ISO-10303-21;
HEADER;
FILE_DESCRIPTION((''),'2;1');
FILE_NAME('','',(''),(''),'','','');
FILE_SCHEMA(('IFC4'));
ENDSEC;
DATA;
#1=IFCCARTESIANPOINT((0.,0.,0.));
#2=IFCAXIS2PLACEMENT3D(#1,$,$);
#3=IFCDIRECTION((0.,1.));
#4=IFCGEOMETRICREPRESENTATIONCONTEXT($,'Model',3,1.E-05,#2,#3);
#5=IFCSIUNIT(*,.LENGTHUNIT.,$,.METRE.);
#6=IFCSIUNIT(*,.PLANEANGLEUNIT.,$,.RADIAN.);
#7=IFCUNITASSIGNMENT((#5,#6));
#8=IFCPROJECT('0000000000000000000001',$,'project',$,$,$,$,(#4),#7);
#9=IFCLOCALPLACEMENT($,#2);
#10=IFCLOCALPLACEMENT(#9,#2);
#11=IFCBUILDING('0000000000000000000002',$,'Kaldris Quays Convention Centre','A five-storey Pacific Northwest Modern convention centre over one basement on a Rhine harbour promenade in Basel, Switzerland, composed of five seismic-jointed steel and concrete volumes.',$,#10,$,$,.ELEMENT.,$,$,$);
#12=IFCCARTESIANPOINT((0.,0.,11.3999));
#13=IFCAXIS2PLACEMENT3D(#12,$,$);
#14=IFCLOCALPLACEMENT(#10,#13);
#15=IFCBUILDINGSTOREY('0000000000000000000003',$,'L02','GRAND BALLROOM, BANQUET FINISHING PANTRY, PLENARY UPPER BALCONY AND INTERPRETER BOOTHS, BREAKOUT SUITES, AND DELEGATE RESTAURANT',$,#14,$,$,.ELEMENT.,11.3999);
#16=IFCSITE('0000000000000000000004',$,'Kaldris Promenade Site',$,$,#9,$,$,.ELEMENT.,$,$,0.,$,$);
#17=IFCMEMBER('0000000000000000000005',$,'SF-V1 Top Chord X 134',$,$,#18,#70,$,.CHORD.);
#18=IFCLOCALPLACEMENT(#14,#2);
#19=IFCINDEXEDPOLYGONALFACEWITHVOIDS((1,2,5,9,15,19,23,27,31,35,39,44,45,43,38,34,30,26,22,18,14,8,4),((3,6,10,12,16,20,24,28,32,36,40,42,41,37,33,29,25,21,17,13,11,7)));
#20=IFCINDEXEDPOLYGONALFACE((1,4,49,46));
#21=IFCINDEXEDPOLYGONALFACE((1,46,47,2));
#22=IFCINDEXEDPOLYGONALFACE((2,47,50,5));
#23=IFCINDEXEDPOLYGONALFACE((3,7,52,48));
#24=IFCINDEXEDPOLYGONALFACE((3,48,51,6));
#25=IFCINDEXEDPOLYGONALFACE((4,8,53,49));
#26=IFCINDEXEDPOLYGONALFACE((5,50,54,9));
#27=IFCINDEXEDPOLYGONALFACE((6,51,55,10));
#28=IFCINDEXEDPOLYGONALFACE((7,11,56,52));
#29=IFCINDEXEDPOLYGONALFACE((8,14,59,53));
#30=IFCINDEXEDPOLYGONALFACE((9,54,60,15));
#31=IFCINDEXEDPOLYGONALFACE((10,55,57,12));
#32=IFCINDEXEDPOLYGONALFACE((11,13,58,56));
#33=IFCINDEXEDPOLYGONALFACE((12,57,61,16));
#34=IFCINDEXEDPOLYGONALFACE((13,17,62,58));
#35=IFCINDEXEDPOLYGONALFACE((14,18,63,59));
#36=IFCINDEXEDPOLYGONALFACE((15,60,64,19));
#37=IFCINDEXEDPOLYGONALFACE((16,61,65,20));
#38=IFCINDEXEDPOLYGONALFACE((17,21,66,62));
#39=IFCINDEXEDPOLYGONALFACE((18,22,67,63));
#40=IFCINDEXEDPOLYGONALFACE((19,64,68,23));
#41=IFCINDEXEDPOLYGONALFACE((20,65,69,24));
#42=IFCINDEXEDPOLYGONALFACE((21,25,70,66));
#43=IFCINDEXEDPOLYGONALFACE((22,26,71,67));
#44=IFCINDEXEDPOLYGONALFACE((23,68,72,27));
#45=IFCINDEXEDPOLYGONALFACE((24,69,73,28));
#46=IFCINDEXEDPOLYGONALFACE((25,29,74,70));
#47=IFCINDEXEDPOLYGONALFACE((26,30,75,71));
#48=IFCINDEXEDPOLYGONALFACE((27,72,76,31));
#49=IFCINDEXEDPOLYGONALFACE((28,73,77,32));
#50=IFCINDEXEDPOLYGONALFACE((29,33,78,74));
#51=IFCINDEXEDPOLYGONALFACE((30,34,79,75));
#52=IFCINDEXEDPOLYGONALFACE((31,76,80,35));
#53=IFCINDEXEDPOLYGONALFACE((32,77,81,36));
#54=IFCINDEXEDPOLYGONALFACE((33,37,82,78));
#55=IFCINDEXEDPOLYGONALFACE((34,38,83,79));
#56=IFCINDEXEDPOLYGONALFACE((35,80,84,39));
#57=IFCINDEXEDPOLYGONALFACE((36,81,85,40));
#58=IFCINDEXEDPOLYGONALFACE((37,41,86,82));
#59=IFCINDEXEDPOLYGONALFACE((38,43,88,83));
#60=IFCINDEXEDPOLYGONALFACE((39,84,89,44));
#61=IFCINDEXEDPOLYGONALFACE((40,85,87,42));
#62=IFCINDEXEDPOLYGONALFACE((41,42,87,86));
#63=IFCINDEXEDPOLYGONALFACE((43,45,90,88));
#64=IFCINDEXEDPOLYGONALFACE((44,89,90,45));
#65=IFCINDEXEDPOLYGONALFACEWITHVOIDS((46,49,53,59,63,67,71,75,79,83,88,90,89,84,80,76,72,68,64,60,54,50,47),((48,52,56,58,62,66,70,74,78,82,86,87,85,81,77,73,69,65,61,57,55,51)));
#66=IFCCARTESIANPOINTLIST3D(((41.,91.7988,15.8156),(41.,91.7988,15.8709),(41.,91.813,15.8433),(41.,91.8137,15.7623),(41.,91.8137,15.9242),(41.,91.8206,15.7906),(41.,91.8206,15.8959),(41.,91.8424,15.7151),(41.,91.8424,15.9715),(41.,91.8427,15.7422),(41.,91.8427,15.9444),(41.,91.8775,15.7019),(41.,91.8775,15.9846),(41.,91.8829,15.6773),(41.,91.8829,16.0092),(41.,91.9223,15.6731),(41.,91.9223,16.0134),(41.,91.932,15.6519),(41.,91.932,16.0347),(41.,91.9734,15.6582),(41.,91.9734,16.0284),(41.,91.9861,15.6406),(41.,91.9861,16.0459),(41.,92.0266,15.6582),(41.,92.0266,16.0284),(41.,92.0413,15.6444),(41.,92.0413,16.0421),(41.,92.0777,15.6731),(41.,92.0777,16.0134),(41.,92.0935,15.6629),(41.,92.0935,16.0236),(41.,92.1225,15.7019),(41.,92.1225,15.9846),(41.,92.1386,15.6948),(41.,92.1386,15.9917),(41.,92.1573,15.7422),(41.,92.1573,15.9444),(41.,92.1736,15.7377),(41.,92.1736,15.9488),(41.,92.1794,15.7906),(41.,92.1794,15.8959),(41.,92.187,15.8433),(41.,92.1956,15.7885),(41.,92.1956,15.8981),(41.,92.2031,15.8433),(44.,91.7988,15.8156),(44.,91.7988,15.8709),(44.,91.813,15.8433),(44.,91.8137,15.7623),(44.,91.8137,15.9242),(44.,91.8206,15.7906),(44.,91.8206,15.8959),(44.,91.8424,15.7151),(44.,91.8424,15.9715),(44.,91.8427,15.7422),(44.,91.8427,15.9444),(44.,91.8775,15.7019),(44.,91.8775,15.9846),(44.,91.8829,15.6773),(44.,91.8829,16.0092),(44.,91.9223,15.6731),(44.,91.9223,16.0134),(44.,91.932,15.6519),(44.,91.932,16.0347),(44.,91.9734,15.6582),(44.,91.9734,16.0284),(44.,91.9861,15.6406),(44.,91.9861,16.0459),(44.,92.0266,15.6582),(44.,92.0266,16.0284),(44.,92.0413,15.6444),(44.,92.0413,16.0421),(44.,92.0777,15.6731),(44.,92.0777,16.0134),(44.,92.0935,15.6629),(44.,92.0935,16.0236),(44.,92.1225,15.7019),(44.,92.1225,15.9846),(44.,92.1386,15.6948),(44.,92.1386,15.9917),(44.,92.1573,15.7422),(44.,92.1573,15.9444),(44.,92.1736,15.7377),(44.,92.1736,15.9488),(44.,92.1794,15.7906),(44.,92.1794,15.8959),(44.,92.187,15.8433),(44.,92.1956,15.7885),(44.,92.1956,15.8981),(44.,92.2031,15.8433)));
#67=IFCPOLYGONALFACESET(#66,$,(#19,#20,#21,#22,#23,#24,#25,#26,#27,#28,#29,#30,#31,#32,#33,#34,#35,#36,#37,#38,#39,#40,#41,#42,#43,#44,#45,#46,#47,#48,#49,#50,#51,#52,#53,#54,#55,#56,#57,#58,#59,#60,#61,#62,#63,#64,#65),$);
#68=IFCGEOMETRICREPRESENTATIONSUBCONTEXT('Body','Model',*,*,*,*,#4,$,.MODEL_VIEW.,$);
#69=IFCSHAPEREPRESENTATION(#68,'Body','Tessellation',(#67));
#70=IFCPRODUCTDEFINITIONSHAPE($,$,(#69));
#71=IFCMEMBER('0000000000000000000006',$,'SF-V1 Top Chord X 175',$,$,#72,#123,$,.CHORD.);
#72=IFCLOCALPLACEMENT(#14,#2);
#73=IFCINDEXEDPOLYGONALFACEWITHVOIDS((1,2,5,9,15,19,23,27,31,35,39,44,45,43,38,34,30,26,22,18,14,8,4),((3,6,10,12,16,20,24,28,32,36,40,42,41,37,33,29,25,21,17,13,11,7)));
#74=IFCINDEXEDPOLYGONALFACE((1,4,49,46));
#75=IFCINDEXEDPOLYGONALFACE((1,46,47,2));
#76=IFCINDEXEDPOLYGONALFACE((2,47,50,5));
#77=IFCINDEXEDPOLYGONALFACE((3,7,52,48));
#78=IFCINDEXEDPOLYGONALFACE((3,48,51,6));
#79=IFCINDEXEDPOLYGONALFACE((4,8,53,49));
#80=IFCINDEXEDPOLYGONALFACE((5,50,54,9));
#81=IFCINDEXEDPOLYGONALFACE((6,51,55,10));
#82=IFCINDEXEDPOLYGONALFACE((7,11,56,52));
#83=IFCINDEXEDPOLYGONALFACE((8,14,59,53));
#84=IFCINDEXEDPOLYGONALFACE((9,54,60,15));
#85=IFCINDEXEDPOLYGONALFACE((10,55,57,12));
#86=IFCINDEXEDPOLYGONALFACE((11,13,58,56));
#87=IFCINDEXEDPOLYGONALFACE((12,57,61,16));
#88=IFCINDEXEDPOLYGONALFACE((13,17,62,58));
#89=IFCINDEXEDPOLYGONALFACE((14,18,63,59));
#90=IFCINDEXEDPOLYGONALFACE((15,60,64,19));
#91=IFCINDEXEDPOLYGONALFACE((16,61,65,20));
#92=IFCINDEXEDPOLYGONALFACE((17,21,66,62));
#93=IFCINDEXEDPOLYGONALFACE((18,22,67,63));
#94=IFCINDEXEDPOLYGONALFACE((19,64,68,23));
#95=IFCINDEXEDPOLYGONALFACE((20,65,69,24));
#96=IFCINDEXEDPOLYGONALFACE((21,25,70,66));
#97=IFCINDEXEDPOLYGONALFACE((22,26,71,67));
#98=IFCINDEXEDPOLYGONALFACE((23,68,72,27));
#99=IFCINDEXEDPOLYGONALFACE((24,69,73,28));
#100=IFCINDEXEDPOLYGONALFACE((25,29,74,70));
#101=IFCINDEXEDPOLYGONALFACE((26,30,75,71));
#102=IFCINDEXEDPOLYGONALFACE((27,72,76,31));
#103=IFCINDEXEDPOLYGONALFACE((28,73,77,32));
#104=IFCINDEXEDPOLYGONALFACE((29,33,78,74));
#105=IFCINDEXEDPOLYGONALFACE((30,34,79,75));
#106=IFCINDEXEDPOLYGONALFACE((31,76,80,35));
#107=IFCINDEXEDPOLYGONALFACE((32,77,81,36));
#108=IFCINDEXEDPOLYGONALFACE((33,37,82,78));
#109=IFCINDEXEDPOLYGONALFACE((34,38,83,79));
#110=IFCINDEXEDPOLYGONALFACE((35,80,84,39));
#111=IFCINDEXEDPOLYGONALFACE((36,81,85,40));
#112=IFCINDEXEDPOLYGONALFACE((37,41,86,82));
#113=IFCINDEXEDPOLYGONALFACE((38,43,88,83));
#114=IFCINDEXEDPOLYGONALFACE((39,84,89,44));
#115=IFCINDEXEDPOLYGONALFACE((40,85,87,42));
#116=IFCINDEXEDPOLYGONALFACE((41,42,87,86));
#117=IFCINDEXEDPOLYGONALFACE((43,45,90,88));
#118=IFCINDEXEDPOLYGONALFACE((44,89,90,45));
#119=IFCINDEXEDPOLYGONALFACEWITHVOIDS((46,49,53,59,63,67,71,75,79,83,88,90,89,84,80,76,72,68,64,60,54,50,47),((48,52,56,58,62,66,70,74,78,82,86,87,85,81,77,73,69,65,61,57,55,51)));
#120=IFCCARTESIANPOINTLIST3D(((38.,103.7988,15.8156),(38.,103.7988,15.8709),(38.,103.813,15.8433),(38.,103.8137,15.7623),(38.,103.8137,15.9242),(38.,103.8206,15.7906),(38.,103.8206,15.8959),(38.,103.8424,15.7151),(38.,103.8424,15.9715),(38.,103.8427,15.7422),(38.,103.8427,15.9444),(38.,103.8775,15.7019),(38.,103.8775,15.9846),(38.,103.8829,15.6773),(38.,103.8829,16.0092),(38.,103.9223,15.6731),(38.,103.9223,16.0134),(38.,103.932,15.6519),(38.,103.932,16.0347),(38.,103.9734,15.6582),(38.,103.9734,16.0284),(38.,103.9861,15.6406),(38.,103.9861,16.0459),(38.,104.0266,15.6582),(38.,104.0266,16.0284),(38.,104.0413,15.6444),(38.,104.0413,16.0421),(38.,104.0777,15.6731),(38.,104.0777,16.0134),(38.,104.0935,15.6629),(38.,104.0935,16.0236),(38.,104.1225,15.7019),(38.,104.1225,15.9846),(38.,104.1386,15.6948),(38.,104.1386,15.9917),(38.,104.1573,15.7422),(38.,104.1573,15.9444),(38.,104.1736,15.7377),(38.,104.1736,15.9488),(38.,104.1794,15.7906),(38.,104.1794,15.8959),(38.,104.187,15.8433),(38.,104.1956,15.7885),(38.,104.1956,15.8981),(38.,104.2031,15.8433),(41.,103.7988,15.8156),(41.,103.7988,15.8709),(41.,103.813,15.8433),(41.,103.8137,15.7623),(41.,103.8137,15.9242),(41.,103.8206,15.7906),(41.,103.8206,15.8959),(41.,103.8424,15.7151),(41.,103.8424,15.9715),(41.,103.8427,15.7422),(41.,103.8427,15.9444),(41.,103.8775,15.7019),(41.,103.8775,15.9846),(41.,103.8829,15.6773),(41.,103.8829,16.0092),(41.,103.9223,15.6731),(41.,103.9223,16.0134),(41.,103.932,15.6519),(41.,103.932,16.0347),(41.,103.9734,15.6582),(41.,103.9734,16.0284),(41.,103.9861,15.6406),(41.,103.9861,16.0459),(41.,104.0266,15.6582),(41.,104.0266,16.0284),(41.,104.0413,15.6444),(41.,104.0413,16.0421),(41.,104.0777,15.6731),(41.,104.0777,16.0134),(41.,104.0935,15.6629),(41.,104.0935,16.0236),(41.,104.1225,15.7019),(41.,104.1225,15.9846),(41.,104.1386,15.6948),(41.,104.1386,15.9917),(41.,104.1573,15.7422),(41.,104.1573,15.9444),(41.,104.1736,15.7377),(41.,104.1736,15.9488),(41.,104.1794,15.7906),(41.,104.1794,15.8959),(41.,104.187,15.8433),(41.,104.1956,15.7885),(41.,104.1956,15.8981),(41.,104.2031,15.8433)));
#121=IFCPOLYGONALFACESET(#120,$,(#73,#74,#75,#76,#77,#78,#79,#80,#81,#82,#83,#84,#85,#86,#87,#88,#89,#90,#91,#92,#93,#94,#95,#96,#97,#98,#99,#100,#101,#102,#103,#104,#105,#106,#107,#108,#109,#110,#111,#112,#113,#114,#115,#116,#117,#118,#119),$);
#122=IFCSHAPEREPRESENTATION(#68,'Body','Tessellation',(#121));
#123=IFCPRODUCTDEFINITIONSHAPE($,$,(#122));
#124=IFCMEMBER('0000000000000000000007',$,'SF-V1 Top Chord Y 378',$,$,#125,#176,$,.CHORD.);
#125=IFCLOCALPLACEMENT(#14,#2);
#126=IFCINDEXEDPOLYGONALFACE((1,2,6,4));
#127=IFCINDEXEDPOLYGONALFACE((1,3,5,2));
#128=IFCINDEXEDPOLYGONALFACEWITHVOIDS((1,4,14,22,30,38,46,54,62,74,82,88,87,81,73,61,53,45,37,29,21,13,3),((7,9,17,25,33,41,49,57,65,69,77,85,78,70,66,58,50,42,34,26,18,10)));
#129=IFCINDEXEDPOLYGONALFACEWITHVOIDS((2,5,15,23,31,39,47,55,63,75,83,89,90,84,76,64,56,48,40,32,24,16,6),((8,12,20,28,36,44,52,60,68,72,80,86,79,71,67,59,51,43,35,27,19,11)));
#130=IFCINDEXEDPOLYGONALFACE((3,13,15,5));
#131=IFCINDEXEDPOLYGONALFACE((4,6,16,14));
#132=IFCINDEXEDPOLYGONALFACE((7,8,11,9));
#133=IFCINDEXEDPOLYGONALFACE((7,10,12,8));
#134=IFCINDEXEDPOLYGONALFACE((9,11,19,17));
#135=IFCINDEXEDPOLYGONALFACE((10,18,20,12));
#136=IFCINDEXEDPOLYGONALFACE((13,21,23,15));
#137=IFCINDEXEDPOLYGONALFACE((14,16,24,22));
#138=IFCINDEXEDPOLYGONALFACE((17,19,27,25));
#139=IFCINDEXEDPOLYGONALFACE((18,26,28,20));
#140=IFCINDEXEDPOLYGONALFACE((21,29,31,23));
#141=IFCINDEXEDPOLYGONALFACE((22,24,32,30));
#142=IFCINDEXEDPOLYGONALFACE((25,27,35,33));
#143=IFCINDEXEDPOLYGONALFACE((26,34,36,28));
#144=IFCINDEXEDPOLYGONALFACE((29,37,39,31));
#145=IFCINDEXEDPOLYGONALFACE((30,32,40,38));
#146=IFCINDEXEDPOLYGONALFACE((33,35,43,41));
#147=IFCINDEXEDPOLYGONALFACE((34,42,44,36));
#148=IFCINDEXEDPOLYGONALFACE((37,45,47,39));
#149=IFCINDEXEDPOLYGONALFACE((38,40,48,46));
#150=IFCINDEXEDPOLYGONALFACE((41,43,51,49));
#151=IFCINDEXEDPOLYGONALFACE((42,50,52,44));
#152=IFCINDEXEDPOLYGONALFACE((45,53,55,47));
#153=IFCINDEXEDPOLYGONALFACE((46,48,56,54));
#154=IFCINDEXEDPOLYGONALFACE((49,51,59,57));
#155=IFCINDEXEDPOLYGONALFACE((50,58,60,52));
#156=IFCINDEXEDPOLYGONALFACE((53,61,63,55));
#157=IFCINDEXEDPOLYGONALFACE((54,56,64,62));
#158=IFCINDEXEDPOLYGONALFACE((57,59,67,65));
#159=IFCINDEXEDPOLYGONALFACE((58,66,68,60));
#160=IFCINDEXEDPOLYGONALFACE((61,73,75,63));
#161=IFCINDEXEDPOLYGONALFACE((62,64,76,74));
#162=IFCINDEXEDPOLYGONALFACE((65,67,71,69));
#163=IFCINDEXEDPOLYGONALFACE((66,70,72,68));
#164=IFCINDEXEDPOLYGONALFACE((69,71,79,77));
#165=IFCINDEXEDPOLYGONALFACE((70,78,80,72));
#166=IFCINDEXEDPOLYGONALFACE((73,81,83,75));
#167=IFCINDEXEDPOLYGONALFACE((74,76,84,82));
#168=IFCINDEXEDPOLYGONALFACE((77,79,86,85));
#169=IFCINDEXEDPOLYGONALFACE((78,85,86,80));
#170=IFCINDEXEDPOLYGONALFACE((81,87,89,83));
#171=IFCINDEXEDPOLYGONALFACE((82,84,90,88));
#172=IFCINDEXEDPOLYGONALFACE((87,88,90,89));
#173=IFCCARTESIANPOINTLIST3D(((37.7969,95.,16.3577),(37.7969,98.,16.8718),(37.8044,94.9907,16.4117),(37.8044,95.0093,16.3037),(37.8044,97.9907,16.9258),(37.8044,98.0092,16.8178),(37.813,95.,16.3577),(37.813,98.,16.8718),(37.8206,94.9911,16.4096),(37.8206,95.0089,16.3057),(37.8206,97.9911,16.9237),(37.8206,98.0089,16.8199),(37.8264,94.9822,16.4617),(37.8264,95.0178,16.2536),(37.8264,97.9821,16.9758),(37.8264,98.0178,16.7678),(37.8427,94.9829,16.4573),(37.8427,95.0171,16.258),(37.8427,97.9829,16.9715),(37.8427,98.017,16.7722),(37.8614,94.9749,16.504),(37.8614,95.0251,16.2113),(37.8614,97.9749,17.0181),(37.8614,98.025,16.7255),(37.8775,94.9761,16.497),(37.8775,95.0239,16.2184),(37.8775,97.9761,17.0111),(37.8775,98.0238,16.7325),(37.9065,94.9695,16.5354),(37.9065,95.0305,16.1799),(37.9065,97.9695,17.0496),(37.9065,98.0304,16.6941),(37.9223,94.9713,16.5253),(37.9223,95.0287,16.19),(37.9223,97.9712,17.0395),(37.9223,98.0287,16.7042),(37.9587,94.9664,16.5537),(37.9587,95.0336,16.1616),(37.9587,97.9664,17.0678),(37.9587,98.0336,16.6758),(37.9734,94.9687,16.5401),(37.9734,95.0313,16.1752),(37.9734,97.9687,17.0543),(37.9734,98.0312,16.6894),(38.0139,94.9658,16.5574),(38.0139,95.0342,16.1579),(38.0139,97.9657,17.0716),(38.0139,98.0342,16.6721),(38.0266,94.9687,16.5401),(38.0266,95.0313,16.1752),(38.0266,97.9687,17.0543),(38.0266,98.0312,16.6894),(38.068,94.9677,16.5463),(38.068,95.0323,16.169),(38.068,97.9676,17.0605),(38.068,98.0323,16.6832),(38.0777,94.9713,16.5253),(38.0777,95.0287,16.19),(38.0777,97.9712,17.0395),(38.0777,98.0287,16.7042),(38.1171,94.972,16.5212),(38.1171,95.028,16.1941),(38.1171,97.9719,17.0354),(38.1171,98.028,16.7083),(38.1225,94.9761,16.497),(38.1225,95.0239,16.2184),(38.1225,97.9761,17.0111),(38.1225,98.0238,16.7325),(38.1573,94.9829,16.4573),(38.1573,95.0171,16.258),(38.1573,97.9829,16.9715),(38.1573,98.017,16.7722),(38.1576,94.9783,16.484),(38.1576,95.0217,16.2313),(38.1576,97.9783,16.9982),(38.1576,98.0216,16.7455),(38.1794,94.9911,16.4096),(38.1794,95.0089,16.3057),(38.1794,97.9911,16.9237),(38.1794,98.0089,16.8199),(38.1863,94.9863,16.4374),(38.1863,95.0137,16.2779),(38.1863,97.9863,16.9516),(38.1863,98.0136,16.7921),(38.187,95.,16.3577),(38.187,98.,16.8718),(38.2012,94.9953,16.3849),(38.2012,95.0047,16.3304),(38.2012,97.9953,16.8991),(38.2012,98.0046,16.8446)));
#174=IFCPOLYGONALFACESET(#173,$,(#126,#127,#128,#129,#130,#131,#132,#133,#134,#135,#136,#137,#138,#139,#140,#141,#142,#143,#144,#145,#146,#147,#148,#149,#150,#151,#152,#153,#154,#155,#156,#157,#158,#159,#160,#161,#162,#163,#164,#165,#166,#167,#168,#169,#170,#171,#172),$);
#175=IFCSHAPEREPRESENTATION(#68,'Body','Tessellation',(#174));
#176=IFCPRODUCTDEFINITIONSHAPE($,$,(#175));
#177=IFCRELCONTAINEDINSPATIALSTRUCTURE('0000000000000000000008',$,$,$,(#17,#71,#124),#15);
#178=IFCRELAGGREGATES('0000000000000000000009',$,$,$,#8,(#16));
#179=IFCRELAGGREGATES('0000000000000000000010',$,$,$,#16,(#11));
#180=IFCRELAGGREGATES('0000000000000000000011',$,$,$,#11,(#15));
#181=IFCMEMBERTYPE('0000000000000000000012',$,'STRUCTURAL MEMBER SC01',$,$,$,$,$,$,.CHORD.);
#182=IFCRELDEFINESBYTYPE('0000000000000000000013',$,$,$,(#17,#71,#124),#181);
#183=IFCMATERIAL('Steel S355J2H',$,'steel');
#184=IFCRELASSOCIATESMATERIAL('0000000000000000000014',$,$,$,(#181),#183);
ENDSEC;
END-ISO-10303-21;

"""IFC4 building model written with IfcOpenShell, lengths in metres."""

from ifc_helpers import new_model, si_unit, direction, frame, origin, origin_2d, place, context, subcontext, project, spatial, hollow_circle, extrude, material, material_profile, profile_set, type_object, element, save


model = new_model("IFC4")

# Units and contexts
model_context = context("Model", 3, precision=1e-05, world=origin(), true_north=direction((0.0, 1.0)))
body_context = subcontext(model_context, "Body", "Model", "MODEL_VIEW")
ifc_project = project(units=[si_unit("LENGTHUNIT", "METRE"), si_unit("PLANEANGLEUNIT", "RADIAN")], contexts=[model_context])

# Site, building, storey
site_placement = place(None, origin())
site = spatial("IfcSite", under=ifc_project, at=site_placement, Name="Kaldris Promenade Site", CompositionType="ELEMENT", RefElevation=0.0)
building_placement = place(site_placement, origin())
building = spatial("IfcBuilding", under=site, at=building_placement, Name="Kaldris Quays Convention Centre", Description="A five-storey Pacific Northwest Modern convention centre over one basement on a Rhine harbour promenade in Basel, Switzerland, composed of five seismic-jointed steel and concrete volumes.", CompositionType="ELEMENT")
storey_placement = place(building_placement, frame((0.0, 0.0, 11.3999)))
storey = spatial("IfcBuildingStorey", under=building, at=storey_placement, Name="L02", Description="GRAND BALLROOM, BANQUET FINISHING PANTRY, PLENARY UPPER BALCONY AND INTERPRETER BOOTHS, BREAKOUT SUITES, AND DELEGATE RESTAURANT", CompositionType="ELEMENT", Elevation=11.3999)

# Members
ifc_material_1 = material(Name="Steel S355J2H", Category="steel")
ifc_material_profile_1 = material_profile(ifc_material_1, hollow_circle(Radius=0.2031, WallThickness=0.0161, at=origin_2d()), Name="CHS 406.4x16")
ifc_profile_set_1 = profile_set([ifc_material_profile_1], Name="Steel S355J2H")
member_type_1 = type_object("IfcMemberType", Name="STRUCTURAL MEMBER SC01", PredefinedType="CHORD", material=ifc_profile_set_1)
for number, where, z_axis, x_axis, name in (
    (1, (41.0, 92.0, 15.8433), (1.0, 0.0, 0.0), (0.0, 1.0, 0.0), "SF-V1 Top Chord X 134"),
    (2, (38.0, 104.0, 15.8433), (1.0, 0.0, 0.0), (0.0, 1.0, 0.0), "SF-V1 Top Chord X 175"),
):
    element("IfcMember", number, at=place(storey_placement, frame(where, z_axis=z_axis, x_axis=x_axis)), inside=storey, type_object=member_type_1, Name=name, PredefinedType="CHORD", context=body_context, shape_type="SweptSolid", body=[
        extrude(hollow_circle(Radius=0.2031, WallThickness=0.0161, at=origin_2d()), origin(), (0.0, 0.0, 1.0), 3.0),
    ])
for number, where, z_axis, x_axis, name in (
    (3, (38.0, 95.0, 16.3577), (0.0, 0.985629, 0.168924), (-1.0, 0.0, 0.0), "SF-V1 Top Chord Y 378"),
):
    element("IfcMember", number, at=place(storey_placement, frame(where, z_axis=z_axis, x_axis=x_axis)), inside=storey, type_object=member_type_1, Name=name, PredefinedType="CHORD", context=body_context, shape_type="SweptSolid", body=[
        extrude(hollow_circle(Radius=0.2031, WallThickness=0.0161, at=origin_2d()), origin(), (0.0, 0.0, 1.0), 3.0437),
    ])

save(model, "model.ifc")
